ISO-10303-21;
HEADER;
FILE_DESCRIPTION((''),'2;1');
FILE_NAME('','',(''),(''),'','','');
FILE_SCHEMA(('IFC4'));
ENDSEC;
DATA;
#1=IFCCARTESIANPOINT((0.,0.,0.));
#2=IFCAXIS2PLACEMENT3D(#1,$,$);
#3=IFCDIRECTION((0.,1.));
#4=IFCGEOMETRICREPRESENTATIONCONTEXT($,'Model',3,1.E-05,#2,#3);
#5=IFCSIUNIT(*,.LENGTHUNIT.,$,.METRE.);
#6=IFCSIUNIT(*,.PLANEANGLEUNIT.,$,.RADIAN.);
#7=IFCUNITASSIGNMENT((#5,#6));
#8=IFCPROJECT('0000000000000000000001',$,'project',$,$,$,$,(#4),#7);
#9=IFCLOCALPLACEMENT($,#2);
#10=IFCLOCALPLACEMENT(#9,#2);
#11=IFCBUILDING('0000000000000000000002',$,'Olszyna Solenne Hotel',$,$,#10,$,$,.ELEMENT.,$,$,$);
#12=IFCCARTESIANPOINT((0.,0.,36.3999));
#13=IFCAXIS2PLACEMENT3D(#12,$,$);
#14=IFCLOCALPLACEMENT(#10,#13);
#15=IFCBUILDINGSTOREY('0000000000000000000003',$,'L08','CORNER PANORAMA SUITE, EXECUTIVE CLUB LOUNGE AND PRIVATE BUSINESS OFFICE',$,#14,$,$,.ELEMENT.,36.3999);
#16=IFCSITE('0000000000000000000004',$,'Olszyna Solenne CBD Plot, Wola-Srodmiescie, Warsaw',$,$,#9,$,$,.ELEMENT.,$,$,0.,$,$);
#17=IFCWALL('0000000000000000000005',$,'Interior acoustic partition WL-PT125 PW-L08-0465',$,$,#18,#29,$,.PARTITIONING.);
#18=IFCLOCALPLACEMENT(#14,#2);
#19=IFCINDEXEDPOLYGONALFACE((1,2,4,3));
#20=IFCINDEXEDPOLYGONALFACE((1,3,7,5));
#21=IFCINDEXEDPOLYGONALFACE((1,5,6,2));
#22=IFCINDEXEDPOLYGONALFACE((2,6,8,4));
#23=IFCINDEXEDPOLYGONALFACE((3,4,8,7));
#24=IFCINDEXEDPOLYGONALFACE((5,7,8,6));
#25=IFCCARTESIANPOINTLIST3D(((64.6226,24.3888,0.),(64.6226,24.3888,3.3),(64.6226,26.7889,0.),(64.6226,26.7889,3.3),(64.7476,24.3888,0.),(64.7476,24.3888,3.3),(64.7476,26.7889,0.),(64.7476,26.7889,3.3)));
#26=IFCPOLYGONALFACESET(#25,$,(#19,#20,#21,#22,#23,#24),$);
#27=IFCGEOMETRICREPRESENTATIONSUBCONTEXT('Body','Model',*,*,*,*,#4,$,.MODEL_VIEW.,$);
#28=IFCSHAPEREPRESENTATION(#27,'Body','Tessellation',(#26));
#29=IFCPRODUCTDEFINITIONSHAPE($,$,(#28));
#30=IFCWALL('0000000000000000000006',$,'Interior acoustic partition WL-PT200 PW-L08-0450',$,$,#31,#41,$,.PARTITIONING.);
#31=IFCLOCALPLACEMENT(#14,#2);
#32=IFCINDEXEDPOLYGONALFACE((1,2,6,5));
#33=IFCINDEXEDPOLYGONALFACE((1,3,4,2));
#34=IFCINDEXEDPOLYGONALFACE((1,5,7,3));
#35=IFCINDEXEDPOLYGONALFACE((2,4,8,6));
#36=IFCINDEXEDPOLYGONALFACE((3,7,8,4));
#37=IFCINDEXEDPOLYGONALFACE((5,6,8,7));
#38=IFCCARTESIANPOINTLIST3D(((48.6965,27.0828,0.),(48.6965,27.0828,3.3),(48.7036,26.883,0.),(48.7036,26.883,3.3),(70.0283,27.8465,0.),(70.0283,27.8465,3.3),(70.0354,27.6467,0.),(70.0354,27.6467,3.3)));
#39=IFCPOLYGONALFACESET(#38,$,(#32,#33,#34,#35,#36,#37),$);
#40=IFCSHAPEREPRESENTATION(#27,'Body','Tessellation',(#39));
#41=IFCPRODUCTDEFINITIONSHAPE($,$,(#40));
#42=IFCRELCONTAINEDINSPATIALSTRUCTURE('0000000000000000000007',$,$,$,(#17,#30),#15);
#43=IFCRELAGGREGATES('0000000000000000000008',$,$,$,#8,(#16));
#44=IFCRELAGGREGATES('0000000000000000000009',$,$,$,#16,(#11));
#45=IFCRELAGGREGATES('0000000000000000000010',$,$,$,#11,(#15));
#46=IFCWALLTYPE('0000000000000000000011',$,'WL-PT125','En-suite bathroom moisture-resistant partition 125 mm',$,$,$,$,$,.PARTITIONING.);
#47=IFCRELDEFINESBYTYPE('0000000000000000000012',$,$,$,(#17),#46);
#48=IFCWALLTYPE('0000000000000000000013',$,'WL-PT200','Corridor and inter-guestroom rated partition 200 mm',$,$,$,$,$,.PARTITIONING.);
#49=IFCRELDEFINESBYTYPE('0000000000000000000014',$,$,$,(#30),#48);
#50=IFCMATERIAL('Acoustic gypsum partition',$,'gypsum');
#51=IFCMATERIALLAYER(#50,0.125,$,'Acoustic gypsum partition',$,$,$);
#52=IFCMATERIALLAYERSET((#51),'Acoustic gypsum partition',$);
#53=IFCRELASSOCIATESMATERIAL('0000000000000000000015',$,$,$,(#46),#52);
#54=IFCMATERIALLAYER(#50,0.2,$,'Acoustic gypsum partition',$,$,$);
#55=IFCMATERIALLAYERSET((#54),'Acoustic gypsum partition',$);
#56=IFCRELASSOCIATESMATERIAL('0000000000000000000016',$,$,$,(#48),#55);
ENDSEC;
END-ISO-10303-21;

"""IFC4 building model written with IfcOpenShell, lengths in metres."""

from ifc_helpers import new_model, si_unit, direction, frame, frame_2d, origin, place, context, subcontext, project, spatial, rectangle, extrude, material, layer, layer_set, type_object, element, save


model = new_model("IFC4")

# Units and contexts
model_context = context("Model", 3, precision=1e-05, world=origin(), true_north=direction((0.0, 1.0)))
body_context = subcontext(model_context, "Body", "Model", "MODEL_VIEW")
ifc_project = project(units=[si_unit("LENGTHUNIT", "METRE"), si_unit("PLANEANGLEUNIT", "RADIAN")], contexts=[model_context])

# Site, building, storey
site_placement = place(None, origin())
site = spatial("IfcSite", under=ifc_project, at=site_placement, Name="Olszyna Solenne CBD Plot, Wola-Srodmiescie, Warsaw", CompositionType="ELEMENT", RefElevation=0.0)
building_placement = place(site_placement, origin())
building = spatial("IfcBuilding", under=site, at=building_placement, Name="Olszyna Solenne Hotel", CompositionType="ELEMENT")
storey_placement = place(building_placement, frame((0.0, 0.0, 36.3999)))
storey = spatial("IfcBuildingStorey", under=building, at=storey_placement, Name="L08", Description="CORNER PANORAMA SUITE, EXECUTIVE CLUB LOUNGE AND PRIVATE BUSINESS OFFICE", CompositionType="ELEMENT", Elevation=36.3999)

# Shared definitions
ifc_material_1 = material(Name="Acoustic gypsum partition", Category="gypsum")
ifc_layer_1 = layer(ifc_material_1, 0.125, Name="Acoustic gypsum partition")
ifc_layer_set_1 = layer_set([ifc_layer_1], Name="Acoustic gypsum partition")
wall_type_1 = type_object("IfcWallType", Name="WL-PT125", Description="En-suite bathroom moisture-resistant partition 125 mm", PredefinedType="PARTITIONING", material=ifc_layer_set_1)

# Walls
wall_1_placement = place(storey_placement, frame((64.6851, 26.7891, 0.0), z_axis=(0.0, 0.0, 1.0), x_axis=(0.0, -1.0, 0.0)))
element("IfcWall", 1, at=wall_1_placement, inside=storey, type_object=wall_type_1, Name="Interior acoustic partition WL-PT125 PW-L08-0465", PredefinedType="PARTITIONING", context=body_context, shape_type="SweptSolid", body=[
    extrude(rectangle(XDim=2.4001, YDim=0.125, at=frame_2d((1.2002, 0.0))), origin(), (0.0, 0.0, 1.0), 3.3),
])
ifc_layer_2 = layer(ifc_material_1, 0.2, Name="Acoustic gypsum partition")
ifc_layer_set_2 = layer_set([ifc_layer_2], Name="Acoustic gypsum partition")
wall_type_2 = type_object("IfcWallType", Name="WL-PT200", Description="Corridor and inter-guestroom rated partition 200 mm", PredefinedType="PARTITIONING", material=ifc_layer_set_2)
wall_2_placement = place(storey_placement, frame((48.7, 26.9829, 0.0), z_axis=(0.0, 0.0, 1.0), x_axis=(0.99936, 0.035777, 0.0)))
element("IfcWall", 2, at=wall_2_placement, inside=storey, type_object=wall_type_2, Name="Interior acoustic partition WL-PT200 PW-L08-0450", PredefinedType="PARTITIONING", context=body_context, shape_type="SweptSolid", body=[
    extrude(rectangle(XDim=21.3455, YDim=0.2, at=frame_2d((10.6729, 0.0))), origin(), (0.0, 0.0, 1.0), 3.3),
])

save(model, "model.ifc")
